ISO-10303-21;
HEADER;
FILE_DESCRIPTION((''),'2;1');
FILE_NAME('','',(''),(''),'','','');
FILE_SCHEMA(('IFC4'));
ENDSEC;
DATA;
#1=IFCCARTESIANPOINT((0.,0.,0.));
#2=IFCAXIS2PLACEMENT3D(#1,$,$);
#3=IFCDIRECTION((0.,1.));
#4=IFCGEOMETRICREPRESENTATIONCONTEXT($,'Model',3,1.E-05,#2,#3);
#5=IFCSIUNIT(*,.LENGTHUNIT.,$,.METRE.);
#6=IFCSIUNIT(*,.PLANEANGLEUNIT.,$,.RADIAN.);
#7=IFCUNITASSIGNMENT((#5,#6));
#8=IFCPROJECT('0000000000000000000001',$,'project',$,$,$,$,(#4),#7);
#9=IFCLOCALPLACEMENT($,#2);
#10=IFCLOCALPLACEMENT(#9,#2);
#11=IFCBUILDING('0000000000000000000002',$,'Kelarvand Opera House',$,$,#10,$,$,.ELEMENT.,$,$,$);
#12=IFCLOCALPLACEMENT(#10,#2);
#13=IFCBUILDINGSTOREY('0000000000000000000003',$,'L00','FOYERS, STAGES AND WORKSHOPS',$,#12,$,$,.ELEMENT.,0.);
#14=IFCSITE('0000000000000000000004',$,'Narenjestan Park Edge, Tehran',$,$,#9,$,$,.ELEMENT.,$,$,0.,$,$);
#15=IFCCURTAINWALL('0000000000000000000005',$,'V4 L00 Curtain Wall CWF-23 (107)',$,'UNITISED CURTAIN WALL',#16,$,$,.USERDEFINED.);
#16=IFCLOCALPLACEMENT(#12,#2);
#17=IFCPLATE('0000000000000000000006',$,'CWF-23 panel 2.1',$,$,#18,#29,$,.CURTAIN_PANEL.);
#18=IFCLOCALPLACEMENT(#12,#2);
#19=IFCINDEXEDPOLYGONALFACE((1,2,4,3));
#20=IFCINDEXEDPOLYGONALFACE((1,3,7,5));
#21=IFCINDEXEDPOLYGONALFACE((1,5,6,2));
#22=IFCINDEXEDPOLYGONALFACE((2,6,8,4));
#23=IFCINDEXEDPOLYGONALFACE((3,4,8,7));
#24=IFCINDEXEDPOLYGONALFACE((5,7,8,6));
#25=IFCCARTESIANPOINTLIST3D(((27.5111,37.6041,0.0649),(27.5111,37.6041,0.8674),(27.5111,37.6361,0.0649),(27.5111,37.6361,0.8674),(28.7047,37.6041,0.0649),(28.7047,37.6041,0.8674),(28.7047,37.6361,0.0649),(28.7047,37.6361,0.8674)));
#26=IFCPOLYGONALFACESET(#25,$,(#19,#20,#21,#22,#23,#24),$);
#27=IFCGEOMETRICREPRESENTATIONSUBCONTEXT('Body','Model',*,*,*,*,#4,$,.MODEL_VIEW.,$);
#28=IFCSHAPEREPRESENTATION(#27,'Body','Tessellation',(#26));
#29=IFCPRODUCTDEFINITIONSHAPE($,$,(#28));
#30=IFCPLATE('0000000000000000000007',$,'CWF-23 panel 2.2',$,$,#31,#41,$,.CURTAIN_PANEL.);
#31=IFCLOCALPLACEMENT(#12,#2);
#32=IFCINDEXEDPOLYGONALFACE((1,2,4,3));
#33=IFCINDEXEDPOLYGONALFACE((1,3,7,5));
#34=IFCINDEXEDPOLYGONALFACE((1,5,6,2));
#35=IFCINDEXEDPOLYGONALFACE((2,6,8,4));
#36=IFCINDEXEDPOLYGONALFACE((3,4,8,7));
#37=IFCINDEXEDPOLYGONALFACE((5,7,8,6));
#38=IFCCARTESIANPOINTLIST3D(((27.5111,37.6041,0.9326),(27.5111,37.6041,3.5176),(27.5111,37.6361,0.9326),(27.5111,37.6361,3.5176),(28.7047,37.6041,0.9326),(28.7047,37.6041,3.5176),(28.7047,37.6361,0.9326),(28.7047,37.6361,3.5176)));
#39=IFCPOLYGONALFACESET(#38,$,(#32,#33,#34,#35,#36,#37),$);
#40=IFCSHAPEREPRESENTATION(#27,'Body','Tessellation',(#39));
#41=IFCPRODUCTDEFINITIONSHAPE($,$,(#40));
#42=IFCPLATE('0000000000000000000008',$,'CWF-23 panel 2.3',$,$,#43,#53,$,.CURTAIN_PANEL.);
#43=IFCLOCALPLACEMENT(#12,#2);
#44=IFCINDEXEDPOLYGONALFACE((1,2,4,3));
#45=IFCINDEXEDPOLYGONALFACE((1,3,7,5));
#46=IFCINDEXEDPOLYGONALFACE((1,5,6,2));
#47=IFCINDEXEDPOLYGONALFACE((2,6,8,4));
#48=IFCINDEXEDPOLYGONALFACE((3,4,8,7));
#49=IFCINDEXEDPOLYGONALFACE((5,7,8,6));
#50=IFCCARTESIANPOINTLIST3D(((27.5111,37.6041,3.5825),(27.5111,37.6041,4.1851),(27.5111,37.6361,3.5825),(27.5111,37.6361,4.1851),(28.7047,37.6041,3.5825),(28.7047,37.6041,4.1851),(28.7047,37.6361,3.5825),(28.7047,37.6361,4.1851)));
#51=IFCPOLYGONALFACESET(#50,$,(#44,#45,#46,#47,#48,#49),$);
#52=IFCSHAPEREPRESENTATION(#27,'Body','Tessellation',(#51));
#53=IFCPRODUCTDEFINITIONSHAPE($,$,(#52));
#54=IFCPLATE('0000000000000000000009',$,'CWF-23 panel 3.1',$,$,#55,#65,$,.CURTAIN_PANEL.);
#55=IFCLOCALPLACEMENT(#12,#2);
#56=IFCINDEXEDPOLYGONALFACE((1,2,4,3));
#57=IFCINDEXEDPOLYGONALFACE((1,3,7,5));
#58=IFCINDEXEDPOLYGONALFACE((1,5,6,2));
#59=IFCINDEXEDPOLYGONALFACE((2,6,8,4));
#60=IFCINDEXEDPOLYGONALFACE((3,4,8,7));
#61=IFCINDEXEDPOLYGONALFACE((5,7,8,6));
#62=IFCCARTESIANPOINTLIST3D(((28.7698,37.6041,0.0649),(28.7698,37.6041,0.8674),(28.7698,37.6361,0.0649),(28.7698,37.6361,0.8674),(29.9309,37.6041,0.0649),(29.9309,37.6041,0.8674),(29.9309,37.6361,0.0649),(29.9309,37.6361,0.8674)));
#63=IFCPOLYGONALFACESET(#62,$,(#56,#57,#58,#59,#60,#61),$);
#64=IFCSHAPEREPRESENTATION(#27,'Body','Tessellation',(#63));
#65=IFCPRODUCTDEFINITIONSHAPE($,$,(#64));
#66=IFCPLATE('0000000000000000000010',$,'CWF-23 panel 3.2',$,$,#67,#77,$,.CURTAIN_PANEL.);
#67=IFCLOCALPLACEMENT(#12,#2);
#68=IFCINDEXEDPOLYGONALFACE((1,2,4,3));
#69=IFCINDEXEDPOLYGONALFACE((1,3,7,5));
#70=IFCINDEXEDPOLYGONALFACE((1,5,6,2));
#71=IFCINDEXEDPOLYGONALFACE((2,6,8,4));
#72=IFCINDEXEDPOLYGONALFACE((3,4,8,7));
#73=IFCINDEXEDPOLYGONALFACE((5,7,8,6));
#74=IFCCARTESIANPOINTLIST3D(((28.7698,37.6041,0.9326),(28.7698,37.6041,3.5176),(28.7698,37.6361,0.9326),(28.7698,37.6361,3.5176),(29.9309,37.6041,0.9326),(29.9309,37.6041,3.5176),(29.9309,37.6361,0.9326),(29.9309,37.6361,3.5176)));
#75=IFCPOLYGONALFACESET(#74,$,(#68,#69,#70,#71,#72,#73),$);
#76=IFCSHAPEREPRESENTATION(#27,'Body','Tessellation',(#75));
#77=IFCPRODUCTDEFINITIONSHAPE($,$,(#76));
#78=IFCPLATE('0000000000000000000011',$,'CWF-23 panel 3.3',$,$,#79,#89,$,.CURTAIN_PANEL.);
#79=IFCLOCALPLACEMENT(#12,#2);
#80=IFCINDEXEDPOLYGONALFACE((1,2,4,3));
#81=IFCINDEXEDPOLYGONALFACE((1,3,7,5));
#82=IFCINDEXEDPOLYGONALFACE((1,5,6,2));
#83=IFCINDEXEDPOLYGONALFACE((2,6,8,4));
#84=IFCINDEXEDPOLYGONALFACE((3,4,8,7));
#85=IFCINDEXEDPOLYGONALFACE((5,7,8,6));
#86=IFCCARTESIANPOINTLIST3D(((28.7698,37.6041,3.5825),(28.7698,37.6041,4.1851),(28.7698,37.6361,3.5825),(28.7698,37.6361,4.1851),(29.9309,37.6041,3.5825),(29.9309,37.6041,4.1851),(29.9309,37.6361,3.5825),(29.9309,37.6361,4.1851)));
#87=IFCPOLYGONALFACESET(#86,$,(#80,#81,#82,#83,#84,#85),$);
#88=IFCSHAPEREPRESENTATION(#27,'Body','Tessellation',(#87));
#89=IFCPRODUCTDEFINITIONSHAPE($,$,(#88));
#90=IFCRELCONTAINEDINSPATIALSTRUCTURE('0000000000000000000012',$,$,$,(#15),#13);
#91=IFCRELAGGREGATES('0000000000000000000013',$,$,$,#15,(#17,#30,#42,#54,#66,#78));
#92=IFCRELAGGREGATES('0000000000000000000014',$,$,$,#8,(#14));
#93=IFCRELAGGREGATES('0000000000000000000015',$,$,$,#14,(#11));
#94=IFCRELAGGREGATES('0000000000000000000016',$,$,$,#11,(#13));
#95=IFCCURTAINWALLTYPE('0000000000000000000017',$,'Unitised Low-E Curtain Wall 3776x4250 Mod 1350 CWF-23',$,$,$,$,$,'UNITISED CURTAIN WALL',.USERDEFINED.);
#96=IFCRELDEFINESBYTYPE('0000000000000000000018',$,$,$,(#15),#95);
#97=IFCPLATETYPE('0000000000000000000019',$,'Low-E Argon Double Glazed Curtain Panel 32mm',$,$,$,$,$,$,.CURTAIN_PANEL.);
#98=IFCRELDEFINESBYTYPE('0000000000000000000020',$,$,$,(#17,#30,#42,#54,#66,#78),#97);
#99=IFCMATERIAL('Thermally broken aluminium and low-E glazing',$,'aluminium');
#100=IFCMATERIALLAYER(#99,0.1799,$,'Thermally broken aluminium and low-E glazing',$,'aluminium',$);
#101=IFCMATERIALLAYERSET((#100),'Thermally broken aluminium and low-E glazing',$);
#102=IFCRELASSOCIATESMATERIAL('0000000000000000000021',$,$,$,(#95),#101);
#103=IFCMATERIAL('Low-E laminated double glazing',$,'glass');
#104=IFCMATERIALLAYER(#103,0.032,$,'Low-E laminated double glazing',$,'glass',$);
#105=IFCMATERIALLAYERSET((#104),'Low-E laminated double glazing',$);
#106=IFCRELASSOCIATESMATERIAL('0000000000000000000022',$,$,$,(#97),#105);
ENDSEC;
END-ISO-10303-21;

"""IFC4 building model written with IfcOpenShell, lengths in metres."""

from ifc_helpers import new_model, si_unit, direction, frame, origin, origin_2d, place, context, subcontext, project, spatial, rectangle, extrude, material, layer, layer_set, type_object, element, aggregate, save


model = new_model("IFC4")

# Units and contexts
model_context = context("Model", 3, precision=1e-05, world=origin(), true_north=direction((0.0, 1.0)))
body_context = subcontext(model_context, "Body", "Model", "MODEL_VIEW")
ifc_project = project(units=[si_unit("LENGTHUNIT", "METRE"), si_unit("PLANEANGLEUNIT", "RADIAN")], contexts=[model_context])

# Site, building, storey
site_placement = place(None, origin())
site = spatial("IfcSite", under=ifc_project, at=site_placement, Name="Narenjestan Park Edge, Tehran", CompositionType="ELEMENT", RefElevation=0.0)
building_placement = place(site_placement, origin())
building = spatial("IfcBuilding", under=site, at=building_placement, Name="Kelarvand Opera House", CompositionType="ELEMENT")
storey_placement = place(building_placement, origin())
storey = spatial("IfcBuildingStorey", under=building, at=storey_placement, Name="L00", Description="FOYERS, STAGES AND WORKSHOPS", CompositionType="ELEMENT", Elevation=0.0)

# Curtain wall
ifc_material_1 = material(Name="Thermally broken aluminium and low-E glazing", Category="aluminium")
ifc_layer_1 = layer(ifc_material_1, 0.1799, Name="Thermally broken aluminium and low-E glazing", Category="aluminium")
ifc_layer_set_1 = layer_set([ifc_layer_1], Name="Thermally broken aluminium and low-E glazing")
curtain_wall_type = type_object("IfcCurtainWallType", Name="Unitised Low-E Curtain Wall 3776x4250 Mod 1350 CWF-23", ElementType="UNITISED CURTAIN WALL", PredefinedType="USERDEFINED", material=ifc_layer_set_1)
curtain_wall_1_placement = place(storey_placement, origin())
curtain_wall_1 = element("IfcCurtainWall", 1, at=curtain_wall_1_placement, inside=storey, type_object=curtain_wall_type, Name="V4 L00 Curtain Wall CWF-23 (107)", ObjectType="UNITISED CURTAIN WALL", PredefinedType="USERDEFINED")

# Plates
ifc_material_2 = material(Name="Low-E laminated double glazing", Category="glass")
ifc_layer_2 = layer(ifc_material_2, 0.032, Name="Low-E laminated double glazing", Category="glass")
ifc_layer_set_2 = layer_set([ifc_layer_2], Name="Low-E laminated double glazing")
plate_type = type_object("IfcPlateType", Name="Low-E Argon Double Glazed Curtain Panel 32mm", PredefinedType="CURTAIN_PANEL", material=ifc_layer_set_2)
plate_1_placement = place(storey_placement, frame((28.1079, 37.6201, 0.0649), z_axis=(0.0, 0.0, 1.0), x_axis=(1.0, 0.0, 0.0)))
plate_1 = element("IfcPlate", 2, at=plate_1_placement, type_object=plate_type, Name="CWF-23 panel 2.1", PredefinedType="CURTAIN_PANEL", context=body_context, shape_type="SweptSolid", body=[
    extrude(rectangle(XDim=1.1936, YDim=0.032, at=origin_2d()), origin(), (0.0, 0.0, 1.0), 0.8025),
])
plate_2_placement = place(storey_placement, frame((28.1079, 37.6201, 0.9326), z_axis=(0.0, 0.0, 1.0), x_axis=(1.0, 0.0, 0.0)))
plate_2 = element("IfcPlate", 3, at=plate_2_placement, type_object=plate_type, Name="CWF-23 panel 2.2", PredefinedType="CURTAIN_PANEL", context=body_context, shape_type="SweptSolid", body=[
    extrude(rectangle(XDim=1.1936, YDim=0.032, at=origin_2d()), origin(), (0.0, 0.0, 1.0), 2.585),
])
plate_3_placement = place(storey_placement, frame((28.1079, 37.6201, 3.5825), z_axis=(0.0, 0.0, 1.0), x_axis=(1.0, 0.0, 0.0)))
plate_3 = element("IfcPlate", 4, at=plate_3_placement, type_object=plate_type, Name="CWF-23 panel 2.3", PredefinedType="CURTAIN_PANEL", context=body_context, shape_type="SweptSolid", body=[
    extrude(rectangle(XDim=1.1936, YDim=0.032, at=origin_2d()), origin(), (0.0, 0.0, 1.0), 0.6025),
])
plate_4_placement = place(storey_placement, frame((29.3503, 37.6201, 0.0649), z_axis=(0.0, 0.0, 1.0), x_axis=(1.0, 0.0, 0.0)))
plate_4 = element("IfcPlate", 5, at=plate_4_placement, type_object=plate_type, Name="CWF-23 panel 3.1", PredefinedType="CURTAIN_PANEL", context=body_context, shape_type="SweptSolid", body=[
    extrude(rectangle(XDim=1.1611, YDim=0.032, at=origin_2d()), origin(), (0.0, 0.0, 1.0), 0.8025),
])
plate_5_placement = place(storey_placement, frame((29.3503, 37.6201, 0.9326), z_axis=(0.0, 0.0, 1.0), x_axis=(1.0, 0.0, 0.0)))
plate_5 = element("IfcPlate", 6, at=plate_5_placement, type_object=plate_type, Name="CWF-23 panel 3.2", PredefinedType="CURTAIN_PANEL", context=body_context, shape_type="SweptSolid", body=[
    extrude(rectangle(XDim=1.1611, YDim=0.032, at=origin_2d()), origin(), (0.0, 0.0, 1.0), 2.585),
])
plate_6_placement = place(storey_placement, frame((29.3503, 37.6201, 3.5825), z_axis=(0.0, 0.0, 1.0), x_axis=(1.0, 0.0, 0.0)))
plate_6 = element("IfcPlate", 7, at=plate_6_placement, type_object=plate_type, Name="CWF-23 panel 3.3", PredefinedType="CURTAIN_PANEL", context=body_context, shape_type="SweptSolid", body=[
    extrude(rectangle(XDim=1.1611, YDim=0.032, at=origin_2d()), origin(), (0.0, 0.0, 1.0), 0.6025),
])
aggregate(curtain_wall_1, [plate_1, plate_2, plate_3, plate_4, plate_5, plate_6])

save(model, "model.ifc")
